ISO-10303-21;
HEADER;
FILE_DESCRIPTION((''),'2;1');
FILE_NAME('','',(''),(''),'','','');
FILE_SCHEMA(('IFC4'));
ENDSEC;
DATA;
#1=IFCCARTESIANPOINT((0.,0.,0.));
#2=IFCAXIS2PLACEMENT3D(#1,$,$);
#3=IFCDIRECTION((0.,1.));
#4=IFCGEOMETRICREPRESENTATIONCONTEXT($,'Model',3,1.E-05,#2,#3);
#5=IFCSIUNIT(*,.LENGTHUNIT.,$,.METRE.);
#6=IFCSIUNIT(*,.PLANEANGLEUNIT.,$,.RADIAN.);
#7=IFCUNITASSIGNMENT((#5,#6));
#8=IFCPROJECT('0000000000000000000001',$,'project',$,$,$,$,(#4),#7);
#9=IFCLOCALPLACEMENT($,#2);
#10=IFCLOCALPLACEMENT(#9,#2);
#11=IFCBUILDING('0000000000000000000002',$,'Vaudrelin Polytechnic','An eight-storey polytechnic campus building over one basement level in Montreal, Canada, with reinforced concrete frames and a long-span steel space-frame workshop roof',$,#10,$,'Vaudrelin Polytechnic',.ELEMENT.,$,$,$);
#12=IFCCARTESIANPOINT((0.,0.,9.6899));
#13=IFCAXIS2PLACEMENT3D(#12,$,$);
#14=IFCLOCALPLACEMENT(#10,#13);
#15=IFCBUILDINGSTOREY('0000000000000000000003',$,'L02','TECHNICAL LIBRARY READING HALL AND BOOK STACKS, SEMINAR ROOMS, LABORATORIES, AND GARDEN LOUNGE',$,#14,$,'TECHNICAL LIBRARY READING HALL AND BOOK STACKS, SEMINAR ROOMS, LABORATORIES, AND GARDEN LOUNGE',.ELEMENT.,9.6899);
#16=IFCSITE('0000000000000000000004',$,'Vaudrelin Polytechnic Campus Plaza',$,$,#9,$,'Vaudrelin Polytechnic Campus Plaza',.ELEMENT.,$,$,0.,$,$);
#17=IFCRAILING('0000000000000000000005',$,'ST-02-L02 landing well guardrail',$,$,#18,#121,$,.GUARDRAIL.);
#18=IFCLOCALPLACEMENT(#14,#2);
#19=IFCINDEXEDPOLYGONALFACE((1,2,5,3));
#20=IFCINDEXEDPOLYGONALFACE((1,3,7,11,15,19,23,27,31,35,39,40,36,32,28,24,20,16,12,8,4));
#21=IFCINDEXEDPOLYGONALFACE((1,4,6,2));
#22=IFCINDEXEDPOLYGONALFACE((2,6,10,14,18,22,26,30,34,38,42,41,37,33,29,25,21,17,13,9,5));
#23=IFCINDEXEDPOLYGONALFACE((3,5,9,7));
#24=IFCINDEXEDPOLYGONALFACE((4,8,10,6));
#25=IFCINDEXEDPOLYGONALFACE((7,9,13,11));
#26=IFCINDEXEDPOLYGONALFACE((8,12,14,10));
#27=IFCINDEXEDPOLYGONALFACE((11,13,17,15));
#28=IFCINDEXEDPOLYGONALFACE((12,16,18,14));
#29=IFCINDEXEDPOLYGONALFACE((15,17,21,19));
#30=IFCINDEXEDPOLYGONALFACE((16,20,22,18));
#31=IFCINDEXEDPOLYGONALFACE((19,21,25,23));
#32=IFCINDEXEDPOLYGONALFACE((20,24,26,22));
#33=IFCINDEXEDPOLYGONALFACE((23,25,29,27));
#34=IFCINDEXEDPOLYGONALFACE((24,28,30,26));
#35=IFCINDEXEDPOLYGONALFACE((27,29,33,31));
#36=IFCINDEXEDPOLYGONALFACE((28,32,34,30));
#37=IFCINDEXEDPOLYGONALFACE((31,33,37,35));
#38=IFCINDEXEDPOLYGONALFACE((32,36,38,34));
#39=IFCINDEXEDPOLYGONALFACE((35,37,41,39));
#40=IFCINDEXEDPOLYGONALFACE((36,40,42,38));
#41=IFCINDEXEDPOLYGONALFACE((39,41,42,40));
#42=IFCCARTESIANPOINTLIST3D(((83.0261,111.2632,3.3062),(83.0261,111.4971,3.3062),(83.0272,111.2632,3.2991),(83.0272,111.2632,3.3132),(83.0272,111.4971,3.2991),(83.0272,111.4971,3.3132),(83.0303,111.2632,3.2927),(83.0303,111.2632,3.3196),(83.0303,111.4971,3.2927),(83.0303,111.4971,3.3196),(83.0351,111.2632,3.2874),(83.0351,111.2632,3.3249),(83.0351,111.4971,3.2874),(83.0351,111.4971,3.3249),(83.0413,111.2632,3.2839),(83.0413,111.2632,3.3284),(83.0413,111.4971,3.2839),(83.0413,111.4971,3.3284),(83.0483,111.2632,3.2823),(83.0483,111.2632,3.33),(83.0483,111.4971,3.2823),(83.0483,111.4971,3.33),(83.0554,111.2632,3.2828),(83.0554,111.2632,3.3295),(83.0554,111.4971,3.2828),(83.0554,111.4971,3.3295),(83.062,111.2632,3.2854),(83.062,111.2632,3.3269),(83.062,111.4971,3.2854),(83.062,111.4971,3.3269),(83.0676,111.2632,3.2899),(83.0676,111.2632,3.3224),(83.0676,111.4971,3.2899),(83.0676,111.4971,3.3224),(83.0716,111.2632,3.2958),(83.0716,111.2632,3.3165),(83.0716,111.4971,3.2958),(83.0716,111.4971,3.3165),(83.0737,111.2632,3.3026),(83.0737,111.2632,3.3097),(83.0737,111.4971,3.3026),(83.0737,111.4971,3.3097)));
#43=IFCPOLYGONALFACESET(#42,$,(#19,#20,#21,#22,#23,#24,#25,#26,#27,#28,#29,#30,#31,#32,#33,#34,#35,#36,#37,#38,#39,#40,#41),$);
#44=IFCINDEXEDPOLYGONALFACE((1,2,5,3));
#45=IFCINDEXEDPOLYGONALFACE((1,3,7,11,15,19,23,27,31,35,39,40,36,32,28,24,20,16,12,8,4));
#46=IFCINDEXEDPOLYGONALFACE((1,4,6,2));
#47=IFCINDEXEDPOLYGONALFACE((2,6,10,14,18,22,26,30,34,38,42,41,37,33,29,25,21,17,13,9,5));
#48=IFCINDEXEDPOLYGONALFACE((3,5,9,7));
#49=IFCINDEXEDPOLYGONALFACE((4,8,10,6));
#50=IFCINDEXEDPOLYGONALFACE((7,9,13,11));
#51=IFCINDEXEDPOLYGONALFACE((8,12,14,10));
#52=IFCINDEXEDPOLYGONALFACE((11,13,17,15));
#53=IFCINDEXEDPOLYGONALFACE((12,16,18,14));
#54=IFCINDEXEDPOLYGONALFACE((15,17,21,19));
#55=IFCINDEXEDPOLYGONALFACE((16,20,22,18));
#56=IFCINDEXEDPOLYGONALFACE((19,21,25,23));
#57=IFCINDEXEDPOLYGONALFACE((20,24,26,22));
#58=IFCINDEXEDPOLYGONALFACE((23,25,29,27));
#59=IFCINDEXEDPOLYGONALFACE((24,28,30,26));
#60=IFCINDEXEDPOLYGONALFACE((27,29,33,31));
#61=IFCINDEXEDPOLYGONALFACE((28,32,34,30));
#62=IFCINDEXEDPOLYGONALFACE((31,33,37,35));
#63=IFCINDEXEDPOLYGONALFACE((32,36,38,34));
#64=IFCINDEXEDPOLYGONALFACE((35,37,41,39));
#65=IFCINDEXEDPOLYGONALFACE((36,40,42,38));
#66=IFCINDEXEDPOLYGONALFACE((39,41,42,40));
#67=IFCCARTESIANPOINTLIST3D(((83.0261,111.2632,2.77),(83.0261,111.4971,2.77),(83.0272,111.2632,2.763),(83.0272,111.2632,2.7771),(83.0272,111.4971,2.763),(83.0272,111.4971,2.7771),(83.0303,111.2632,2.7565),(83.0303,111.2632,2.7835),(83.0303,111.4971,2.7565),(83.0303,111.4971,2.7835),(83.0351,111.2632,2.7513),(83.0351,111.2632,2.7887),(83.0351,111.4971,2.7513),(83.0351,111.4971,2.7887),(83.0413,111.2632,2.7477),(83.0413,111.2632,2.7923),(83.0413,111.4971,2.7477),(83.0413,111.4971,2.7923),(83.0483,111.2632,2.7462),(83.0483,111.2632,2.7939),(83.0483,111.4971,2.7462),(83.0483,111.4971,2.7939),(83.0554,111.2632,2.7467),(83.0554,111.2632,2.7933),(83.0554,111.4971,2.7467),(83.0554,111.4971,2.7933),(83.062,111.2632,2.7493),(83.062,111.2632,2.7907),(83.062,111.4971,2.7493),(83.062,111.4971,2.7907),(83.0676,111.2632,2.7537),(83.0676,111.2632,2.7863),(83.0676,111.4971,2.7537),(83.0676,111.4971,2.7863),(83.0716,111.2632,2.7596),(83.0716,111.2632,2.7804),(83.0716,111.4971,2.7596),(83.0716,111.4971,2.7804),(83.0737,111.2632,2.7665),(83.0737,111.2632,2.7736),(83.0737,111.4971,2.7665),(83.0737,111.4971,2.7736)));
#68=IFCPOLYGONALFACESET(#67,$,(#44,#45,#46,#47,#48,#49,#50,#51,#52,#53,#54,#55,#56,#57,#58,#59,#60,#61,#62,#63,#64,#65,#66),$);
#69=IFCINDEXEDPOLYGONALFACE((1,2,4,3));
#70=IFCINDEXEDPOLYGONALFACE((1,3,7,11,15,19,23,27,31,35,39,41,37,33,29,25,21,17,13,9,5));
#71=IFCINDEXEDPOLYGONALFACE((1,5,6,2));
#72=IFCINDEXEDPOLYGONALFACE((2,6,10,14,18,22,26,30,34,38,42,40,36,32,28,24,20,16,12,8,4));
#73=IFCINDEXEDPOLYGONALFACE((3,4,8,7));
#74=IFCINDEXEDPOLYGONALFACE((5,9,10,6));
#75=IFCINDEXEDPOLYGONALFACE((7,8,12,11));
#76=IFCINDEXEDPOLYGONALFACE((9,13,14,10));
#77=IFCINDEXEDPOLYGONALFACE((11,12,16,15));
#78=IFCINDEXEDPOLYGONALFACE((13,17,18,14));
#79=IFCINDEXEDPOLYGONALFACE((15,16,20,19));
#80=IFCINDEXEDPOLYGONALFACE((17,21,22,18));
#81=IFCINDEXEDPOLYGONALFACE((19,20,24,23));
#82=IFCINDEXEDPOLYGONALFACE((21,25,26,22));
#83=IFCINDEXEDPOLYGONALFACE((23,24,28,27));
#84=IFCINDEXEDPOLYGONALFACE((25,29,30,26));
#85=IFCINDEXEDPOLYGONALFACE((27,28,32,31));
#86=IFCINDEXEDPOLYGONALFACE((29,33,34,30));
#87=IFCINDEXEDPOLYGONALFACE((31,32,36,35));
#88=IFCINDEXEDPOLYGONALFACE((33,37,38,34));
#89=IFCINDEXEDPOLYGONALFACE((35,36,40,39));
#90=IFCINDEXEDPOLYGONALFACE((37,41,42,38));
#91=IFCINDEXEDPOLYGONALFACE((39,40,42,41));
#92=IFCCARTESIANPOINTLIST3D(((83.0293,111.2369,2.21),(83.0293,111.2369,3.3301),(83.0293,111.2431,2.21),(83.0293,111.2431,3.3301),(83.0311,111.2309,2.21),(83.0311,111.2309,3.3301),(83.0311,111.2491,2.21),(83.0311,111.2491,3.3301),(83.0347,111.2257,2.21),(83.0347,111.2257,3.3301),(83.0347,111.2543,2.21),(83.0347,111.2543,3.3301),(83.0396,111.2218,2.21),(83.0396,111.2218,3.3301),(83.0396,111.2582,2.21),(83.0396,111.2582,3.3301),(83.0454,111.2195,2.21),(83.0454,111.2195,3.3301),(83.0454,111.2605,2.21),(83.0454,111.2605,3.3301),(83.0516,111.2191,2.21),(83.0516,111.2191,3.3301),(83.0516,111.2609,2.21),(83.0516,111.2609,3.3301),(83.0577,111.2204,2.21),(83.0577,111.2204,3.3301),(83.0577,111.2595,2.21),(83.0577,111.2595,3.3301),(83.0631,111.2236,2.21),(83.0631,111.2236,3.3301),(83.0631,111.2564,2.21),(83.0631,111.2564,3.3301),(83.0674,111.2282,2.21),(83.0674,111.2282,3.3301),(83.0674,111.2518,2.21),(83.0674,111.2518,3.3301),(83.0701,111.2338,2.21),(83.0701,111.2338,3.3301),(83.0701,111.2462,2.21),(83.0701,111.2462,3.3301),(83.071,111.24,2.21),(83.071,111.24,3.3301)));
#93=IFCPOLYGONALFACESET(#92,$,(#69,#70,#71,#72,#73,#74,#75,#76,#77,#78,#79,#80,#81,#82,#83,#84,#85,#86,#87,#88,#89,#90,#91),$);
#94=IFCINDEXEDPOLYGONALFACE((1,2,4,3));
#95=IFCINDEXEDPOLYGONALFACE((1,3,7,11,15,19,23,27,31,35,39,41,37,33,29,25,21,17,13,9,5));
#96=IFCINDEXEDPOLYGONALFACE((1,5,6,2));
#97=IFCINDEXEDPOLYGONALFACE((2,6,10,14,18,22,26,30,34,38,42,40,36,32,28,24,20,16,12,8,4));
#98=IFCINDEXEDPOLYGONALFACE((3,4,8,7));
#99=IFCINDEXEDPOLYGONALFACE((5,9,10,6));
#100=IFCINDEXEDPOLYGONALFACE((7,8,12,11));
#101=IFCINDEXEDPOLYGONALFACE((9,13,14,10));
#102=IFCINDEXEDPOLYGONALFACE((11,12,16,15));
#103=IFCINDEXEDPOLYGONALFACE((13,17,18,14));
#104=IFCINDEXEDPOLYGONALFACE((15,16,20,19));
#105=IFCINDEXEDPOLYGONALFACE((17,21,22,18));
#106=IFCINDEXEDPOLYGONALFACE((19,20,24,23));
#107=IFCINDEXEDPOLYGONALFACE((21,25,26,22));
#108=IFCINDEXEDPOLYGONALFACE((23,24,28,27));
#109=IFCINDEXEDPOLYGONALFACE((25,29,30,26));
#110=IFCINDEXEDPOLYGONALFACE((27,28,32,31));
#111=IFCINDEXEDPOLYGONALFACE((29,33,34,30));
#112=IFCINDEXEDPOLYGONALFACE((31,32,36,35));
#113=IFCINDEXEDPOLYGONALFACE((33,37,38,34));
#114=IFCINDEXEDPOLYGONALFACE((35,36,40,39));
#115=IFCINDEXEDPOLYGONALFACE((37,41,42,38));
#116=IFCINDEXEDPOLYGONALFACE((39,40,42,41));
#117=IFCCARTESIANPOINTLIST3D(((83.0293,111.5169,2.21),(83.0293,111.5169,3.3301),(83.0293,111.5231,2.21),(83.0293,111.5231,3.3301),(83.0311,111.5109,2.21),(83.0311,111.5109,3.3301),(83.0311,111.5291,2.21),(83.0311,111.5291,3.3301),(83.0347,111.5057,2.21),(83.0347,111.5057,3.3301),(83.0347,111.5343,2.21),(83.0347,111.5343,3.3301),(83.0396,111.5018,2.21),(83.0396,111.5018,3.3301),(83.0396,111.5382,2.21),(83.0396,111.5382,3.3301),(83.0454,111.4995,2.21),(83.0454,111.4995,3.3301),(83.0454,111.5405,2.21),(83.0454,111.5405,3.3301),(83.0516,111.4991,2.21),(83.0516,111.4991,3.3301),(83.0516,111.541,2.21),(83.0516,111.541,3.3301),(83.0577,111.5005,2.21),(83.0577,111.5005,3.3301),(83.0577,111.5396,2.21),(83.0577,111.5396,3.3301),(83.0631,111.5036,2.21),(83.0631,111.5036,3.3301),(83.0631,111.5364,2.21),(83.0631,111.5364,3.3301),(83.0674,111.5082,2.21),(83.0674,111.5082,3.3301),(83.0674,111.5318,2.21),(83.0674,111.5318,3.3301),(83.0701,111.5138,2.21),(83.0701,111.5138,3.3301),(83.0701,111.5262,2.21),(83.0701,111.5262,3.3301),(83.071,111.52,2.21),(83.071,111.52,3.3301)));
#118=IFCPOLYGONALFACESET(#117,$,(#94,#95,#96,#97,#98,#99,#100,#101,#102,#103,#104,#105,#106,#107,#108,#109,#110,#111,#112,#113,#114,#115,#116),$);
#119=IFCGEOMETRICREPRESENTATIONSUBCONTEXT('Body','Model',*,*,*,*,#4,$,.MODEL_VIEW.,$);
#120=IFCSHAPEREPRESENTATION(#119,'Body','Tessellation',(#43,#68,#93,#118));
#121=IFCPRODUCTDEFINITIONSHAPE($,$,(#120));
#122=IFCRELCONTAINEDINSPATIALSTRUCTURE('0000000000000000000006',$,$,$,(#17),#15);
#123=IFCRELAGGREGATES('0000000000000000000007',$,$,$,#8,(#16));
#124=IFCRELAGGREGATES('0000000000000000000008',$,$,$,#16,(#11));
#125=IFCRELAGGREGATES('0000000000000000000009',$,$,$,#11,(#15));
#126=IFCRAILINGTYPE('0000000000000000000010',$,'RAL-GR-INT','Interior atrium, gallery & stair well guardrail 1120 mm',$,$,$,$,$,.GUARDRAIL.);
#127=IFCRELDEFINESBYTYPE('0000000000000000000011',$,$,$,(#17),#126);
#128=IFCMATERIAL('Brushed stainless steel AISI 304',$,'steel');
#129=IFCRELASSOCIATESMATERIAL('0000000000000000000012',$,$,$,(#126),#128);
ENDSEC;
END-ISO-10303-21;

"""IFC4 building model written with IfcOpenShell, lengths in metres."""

from ifc_helpers import new_model, si_unit, direction, frame, origin, origin_2d, place, context, subcontext, project, spatial, circle, extrude, material, type_object, element, save


model = new_model("IFC4")

# Units and contexts
model_context = context("Model", 3, precision=1e-05, world=origin(), true_north=direction((0.0, 1.0)))
body_context = subcontext(model_context, "Body", "Model", "MODEL_VIEW")
ifc_project = project(units=[si_unit("LENGTHUNIT", "METRE"), si_unit("PLANEANGLEUNIT", "RADIAN")], contexts=[model_context])

# Site, building, storey
site_placement = place(None, origin())
site = spatial("IfcSite", under=ifc_project, at=site_placement, Name="Vaudrelin Polytechnic Campus Plaza", LongName="Vaudrelin Polytechnic Campus Plaza", CompositionType="ELEMENT", RefElevation=0.0)
building_placement = place(site_placement, origin())
building = spatial("IfcBuilding", under=site, at=building_placement, Name="Vaudrelin Polytechnic", Description="An eight-storey polytechnic campus building over one basement level in Montreal, Canada, with reinforced concrete frames and a long-span steel space-frame workshop roof", LongName="Vaudrelin Polytechnic", CompositionType="ELEMENT")
storey_placement = place(building_placement, frame((0.0, 0.0, 9.6899)))
storey = spatial("IfcBuildingStorey", under=building, at=storey_placement, Name="L02", Description="TECHNICAL LIBRARY READING HALL AND BOOK STACKS, SEMINAR ROOMS, LABORATORIES, AND GARDEN LOUNGE", LongName="TECHNICAL LIBRARY READING HALL AND BOOK STACKS, SEMINAR ROOMS, LABORATORIES, AND GARDEN LOUNGE", CompositionType="ELEMENT", Elevation=9.6899)

# Railing
ifc_material_1 = material(Name="Brushed stainless steel AISI 304", Category="steel")
railing_type_1 = type_object("IfcRailingType", Name="RAL-GR-INT", Description="Interior atrium, gallery & stair well guardrail 1120 mm", PredefinedType="GUARDRAIL", material=ifc_material_1)
railing_1_placement = place(storey_placement, frame((83.05, 111.24, 2.21)))
element("IfcRailing", 1, at=railing_1_placement, inside=storey, type_object=railing_type_1, Name="ST-02-L02 landing well guardrail", PredefinedType="GUARDRAIL", context=body_context, shape_type="SweptSolid", body=[
    extrude(circle(Radius=0.0239, at=origin_2d()), frame((0.0, 0.0232, 1.0962), z_axis=(0.0, 1.0, 0.0), x_axis=(-1.0, 0.0, 0.0)), (0.0, 0.0, 1.0), 0.2339),
    extrude(circle(Radius=0.0239, at=origin_2d()), frame((0.0, 0.0232, 0.5601), z_axis=(0.0, 1.0, 0.0), x_axis=(-1.0, 0.0, 0.0)), (0.0, 0.0, 1.0), 0.2339),
    extrude(circle(Radius=0.021, at=origin_2d()), origin(), (0.0, 0.0, 1.0), 1.1201),
    extrude(circle(Radius=0.021, at=origin_2d()), frame((0.0, 0.28, 0.0)), (0.0, 0.0, 1.0), 1.1201),
])

save(model, "model.ifc")
